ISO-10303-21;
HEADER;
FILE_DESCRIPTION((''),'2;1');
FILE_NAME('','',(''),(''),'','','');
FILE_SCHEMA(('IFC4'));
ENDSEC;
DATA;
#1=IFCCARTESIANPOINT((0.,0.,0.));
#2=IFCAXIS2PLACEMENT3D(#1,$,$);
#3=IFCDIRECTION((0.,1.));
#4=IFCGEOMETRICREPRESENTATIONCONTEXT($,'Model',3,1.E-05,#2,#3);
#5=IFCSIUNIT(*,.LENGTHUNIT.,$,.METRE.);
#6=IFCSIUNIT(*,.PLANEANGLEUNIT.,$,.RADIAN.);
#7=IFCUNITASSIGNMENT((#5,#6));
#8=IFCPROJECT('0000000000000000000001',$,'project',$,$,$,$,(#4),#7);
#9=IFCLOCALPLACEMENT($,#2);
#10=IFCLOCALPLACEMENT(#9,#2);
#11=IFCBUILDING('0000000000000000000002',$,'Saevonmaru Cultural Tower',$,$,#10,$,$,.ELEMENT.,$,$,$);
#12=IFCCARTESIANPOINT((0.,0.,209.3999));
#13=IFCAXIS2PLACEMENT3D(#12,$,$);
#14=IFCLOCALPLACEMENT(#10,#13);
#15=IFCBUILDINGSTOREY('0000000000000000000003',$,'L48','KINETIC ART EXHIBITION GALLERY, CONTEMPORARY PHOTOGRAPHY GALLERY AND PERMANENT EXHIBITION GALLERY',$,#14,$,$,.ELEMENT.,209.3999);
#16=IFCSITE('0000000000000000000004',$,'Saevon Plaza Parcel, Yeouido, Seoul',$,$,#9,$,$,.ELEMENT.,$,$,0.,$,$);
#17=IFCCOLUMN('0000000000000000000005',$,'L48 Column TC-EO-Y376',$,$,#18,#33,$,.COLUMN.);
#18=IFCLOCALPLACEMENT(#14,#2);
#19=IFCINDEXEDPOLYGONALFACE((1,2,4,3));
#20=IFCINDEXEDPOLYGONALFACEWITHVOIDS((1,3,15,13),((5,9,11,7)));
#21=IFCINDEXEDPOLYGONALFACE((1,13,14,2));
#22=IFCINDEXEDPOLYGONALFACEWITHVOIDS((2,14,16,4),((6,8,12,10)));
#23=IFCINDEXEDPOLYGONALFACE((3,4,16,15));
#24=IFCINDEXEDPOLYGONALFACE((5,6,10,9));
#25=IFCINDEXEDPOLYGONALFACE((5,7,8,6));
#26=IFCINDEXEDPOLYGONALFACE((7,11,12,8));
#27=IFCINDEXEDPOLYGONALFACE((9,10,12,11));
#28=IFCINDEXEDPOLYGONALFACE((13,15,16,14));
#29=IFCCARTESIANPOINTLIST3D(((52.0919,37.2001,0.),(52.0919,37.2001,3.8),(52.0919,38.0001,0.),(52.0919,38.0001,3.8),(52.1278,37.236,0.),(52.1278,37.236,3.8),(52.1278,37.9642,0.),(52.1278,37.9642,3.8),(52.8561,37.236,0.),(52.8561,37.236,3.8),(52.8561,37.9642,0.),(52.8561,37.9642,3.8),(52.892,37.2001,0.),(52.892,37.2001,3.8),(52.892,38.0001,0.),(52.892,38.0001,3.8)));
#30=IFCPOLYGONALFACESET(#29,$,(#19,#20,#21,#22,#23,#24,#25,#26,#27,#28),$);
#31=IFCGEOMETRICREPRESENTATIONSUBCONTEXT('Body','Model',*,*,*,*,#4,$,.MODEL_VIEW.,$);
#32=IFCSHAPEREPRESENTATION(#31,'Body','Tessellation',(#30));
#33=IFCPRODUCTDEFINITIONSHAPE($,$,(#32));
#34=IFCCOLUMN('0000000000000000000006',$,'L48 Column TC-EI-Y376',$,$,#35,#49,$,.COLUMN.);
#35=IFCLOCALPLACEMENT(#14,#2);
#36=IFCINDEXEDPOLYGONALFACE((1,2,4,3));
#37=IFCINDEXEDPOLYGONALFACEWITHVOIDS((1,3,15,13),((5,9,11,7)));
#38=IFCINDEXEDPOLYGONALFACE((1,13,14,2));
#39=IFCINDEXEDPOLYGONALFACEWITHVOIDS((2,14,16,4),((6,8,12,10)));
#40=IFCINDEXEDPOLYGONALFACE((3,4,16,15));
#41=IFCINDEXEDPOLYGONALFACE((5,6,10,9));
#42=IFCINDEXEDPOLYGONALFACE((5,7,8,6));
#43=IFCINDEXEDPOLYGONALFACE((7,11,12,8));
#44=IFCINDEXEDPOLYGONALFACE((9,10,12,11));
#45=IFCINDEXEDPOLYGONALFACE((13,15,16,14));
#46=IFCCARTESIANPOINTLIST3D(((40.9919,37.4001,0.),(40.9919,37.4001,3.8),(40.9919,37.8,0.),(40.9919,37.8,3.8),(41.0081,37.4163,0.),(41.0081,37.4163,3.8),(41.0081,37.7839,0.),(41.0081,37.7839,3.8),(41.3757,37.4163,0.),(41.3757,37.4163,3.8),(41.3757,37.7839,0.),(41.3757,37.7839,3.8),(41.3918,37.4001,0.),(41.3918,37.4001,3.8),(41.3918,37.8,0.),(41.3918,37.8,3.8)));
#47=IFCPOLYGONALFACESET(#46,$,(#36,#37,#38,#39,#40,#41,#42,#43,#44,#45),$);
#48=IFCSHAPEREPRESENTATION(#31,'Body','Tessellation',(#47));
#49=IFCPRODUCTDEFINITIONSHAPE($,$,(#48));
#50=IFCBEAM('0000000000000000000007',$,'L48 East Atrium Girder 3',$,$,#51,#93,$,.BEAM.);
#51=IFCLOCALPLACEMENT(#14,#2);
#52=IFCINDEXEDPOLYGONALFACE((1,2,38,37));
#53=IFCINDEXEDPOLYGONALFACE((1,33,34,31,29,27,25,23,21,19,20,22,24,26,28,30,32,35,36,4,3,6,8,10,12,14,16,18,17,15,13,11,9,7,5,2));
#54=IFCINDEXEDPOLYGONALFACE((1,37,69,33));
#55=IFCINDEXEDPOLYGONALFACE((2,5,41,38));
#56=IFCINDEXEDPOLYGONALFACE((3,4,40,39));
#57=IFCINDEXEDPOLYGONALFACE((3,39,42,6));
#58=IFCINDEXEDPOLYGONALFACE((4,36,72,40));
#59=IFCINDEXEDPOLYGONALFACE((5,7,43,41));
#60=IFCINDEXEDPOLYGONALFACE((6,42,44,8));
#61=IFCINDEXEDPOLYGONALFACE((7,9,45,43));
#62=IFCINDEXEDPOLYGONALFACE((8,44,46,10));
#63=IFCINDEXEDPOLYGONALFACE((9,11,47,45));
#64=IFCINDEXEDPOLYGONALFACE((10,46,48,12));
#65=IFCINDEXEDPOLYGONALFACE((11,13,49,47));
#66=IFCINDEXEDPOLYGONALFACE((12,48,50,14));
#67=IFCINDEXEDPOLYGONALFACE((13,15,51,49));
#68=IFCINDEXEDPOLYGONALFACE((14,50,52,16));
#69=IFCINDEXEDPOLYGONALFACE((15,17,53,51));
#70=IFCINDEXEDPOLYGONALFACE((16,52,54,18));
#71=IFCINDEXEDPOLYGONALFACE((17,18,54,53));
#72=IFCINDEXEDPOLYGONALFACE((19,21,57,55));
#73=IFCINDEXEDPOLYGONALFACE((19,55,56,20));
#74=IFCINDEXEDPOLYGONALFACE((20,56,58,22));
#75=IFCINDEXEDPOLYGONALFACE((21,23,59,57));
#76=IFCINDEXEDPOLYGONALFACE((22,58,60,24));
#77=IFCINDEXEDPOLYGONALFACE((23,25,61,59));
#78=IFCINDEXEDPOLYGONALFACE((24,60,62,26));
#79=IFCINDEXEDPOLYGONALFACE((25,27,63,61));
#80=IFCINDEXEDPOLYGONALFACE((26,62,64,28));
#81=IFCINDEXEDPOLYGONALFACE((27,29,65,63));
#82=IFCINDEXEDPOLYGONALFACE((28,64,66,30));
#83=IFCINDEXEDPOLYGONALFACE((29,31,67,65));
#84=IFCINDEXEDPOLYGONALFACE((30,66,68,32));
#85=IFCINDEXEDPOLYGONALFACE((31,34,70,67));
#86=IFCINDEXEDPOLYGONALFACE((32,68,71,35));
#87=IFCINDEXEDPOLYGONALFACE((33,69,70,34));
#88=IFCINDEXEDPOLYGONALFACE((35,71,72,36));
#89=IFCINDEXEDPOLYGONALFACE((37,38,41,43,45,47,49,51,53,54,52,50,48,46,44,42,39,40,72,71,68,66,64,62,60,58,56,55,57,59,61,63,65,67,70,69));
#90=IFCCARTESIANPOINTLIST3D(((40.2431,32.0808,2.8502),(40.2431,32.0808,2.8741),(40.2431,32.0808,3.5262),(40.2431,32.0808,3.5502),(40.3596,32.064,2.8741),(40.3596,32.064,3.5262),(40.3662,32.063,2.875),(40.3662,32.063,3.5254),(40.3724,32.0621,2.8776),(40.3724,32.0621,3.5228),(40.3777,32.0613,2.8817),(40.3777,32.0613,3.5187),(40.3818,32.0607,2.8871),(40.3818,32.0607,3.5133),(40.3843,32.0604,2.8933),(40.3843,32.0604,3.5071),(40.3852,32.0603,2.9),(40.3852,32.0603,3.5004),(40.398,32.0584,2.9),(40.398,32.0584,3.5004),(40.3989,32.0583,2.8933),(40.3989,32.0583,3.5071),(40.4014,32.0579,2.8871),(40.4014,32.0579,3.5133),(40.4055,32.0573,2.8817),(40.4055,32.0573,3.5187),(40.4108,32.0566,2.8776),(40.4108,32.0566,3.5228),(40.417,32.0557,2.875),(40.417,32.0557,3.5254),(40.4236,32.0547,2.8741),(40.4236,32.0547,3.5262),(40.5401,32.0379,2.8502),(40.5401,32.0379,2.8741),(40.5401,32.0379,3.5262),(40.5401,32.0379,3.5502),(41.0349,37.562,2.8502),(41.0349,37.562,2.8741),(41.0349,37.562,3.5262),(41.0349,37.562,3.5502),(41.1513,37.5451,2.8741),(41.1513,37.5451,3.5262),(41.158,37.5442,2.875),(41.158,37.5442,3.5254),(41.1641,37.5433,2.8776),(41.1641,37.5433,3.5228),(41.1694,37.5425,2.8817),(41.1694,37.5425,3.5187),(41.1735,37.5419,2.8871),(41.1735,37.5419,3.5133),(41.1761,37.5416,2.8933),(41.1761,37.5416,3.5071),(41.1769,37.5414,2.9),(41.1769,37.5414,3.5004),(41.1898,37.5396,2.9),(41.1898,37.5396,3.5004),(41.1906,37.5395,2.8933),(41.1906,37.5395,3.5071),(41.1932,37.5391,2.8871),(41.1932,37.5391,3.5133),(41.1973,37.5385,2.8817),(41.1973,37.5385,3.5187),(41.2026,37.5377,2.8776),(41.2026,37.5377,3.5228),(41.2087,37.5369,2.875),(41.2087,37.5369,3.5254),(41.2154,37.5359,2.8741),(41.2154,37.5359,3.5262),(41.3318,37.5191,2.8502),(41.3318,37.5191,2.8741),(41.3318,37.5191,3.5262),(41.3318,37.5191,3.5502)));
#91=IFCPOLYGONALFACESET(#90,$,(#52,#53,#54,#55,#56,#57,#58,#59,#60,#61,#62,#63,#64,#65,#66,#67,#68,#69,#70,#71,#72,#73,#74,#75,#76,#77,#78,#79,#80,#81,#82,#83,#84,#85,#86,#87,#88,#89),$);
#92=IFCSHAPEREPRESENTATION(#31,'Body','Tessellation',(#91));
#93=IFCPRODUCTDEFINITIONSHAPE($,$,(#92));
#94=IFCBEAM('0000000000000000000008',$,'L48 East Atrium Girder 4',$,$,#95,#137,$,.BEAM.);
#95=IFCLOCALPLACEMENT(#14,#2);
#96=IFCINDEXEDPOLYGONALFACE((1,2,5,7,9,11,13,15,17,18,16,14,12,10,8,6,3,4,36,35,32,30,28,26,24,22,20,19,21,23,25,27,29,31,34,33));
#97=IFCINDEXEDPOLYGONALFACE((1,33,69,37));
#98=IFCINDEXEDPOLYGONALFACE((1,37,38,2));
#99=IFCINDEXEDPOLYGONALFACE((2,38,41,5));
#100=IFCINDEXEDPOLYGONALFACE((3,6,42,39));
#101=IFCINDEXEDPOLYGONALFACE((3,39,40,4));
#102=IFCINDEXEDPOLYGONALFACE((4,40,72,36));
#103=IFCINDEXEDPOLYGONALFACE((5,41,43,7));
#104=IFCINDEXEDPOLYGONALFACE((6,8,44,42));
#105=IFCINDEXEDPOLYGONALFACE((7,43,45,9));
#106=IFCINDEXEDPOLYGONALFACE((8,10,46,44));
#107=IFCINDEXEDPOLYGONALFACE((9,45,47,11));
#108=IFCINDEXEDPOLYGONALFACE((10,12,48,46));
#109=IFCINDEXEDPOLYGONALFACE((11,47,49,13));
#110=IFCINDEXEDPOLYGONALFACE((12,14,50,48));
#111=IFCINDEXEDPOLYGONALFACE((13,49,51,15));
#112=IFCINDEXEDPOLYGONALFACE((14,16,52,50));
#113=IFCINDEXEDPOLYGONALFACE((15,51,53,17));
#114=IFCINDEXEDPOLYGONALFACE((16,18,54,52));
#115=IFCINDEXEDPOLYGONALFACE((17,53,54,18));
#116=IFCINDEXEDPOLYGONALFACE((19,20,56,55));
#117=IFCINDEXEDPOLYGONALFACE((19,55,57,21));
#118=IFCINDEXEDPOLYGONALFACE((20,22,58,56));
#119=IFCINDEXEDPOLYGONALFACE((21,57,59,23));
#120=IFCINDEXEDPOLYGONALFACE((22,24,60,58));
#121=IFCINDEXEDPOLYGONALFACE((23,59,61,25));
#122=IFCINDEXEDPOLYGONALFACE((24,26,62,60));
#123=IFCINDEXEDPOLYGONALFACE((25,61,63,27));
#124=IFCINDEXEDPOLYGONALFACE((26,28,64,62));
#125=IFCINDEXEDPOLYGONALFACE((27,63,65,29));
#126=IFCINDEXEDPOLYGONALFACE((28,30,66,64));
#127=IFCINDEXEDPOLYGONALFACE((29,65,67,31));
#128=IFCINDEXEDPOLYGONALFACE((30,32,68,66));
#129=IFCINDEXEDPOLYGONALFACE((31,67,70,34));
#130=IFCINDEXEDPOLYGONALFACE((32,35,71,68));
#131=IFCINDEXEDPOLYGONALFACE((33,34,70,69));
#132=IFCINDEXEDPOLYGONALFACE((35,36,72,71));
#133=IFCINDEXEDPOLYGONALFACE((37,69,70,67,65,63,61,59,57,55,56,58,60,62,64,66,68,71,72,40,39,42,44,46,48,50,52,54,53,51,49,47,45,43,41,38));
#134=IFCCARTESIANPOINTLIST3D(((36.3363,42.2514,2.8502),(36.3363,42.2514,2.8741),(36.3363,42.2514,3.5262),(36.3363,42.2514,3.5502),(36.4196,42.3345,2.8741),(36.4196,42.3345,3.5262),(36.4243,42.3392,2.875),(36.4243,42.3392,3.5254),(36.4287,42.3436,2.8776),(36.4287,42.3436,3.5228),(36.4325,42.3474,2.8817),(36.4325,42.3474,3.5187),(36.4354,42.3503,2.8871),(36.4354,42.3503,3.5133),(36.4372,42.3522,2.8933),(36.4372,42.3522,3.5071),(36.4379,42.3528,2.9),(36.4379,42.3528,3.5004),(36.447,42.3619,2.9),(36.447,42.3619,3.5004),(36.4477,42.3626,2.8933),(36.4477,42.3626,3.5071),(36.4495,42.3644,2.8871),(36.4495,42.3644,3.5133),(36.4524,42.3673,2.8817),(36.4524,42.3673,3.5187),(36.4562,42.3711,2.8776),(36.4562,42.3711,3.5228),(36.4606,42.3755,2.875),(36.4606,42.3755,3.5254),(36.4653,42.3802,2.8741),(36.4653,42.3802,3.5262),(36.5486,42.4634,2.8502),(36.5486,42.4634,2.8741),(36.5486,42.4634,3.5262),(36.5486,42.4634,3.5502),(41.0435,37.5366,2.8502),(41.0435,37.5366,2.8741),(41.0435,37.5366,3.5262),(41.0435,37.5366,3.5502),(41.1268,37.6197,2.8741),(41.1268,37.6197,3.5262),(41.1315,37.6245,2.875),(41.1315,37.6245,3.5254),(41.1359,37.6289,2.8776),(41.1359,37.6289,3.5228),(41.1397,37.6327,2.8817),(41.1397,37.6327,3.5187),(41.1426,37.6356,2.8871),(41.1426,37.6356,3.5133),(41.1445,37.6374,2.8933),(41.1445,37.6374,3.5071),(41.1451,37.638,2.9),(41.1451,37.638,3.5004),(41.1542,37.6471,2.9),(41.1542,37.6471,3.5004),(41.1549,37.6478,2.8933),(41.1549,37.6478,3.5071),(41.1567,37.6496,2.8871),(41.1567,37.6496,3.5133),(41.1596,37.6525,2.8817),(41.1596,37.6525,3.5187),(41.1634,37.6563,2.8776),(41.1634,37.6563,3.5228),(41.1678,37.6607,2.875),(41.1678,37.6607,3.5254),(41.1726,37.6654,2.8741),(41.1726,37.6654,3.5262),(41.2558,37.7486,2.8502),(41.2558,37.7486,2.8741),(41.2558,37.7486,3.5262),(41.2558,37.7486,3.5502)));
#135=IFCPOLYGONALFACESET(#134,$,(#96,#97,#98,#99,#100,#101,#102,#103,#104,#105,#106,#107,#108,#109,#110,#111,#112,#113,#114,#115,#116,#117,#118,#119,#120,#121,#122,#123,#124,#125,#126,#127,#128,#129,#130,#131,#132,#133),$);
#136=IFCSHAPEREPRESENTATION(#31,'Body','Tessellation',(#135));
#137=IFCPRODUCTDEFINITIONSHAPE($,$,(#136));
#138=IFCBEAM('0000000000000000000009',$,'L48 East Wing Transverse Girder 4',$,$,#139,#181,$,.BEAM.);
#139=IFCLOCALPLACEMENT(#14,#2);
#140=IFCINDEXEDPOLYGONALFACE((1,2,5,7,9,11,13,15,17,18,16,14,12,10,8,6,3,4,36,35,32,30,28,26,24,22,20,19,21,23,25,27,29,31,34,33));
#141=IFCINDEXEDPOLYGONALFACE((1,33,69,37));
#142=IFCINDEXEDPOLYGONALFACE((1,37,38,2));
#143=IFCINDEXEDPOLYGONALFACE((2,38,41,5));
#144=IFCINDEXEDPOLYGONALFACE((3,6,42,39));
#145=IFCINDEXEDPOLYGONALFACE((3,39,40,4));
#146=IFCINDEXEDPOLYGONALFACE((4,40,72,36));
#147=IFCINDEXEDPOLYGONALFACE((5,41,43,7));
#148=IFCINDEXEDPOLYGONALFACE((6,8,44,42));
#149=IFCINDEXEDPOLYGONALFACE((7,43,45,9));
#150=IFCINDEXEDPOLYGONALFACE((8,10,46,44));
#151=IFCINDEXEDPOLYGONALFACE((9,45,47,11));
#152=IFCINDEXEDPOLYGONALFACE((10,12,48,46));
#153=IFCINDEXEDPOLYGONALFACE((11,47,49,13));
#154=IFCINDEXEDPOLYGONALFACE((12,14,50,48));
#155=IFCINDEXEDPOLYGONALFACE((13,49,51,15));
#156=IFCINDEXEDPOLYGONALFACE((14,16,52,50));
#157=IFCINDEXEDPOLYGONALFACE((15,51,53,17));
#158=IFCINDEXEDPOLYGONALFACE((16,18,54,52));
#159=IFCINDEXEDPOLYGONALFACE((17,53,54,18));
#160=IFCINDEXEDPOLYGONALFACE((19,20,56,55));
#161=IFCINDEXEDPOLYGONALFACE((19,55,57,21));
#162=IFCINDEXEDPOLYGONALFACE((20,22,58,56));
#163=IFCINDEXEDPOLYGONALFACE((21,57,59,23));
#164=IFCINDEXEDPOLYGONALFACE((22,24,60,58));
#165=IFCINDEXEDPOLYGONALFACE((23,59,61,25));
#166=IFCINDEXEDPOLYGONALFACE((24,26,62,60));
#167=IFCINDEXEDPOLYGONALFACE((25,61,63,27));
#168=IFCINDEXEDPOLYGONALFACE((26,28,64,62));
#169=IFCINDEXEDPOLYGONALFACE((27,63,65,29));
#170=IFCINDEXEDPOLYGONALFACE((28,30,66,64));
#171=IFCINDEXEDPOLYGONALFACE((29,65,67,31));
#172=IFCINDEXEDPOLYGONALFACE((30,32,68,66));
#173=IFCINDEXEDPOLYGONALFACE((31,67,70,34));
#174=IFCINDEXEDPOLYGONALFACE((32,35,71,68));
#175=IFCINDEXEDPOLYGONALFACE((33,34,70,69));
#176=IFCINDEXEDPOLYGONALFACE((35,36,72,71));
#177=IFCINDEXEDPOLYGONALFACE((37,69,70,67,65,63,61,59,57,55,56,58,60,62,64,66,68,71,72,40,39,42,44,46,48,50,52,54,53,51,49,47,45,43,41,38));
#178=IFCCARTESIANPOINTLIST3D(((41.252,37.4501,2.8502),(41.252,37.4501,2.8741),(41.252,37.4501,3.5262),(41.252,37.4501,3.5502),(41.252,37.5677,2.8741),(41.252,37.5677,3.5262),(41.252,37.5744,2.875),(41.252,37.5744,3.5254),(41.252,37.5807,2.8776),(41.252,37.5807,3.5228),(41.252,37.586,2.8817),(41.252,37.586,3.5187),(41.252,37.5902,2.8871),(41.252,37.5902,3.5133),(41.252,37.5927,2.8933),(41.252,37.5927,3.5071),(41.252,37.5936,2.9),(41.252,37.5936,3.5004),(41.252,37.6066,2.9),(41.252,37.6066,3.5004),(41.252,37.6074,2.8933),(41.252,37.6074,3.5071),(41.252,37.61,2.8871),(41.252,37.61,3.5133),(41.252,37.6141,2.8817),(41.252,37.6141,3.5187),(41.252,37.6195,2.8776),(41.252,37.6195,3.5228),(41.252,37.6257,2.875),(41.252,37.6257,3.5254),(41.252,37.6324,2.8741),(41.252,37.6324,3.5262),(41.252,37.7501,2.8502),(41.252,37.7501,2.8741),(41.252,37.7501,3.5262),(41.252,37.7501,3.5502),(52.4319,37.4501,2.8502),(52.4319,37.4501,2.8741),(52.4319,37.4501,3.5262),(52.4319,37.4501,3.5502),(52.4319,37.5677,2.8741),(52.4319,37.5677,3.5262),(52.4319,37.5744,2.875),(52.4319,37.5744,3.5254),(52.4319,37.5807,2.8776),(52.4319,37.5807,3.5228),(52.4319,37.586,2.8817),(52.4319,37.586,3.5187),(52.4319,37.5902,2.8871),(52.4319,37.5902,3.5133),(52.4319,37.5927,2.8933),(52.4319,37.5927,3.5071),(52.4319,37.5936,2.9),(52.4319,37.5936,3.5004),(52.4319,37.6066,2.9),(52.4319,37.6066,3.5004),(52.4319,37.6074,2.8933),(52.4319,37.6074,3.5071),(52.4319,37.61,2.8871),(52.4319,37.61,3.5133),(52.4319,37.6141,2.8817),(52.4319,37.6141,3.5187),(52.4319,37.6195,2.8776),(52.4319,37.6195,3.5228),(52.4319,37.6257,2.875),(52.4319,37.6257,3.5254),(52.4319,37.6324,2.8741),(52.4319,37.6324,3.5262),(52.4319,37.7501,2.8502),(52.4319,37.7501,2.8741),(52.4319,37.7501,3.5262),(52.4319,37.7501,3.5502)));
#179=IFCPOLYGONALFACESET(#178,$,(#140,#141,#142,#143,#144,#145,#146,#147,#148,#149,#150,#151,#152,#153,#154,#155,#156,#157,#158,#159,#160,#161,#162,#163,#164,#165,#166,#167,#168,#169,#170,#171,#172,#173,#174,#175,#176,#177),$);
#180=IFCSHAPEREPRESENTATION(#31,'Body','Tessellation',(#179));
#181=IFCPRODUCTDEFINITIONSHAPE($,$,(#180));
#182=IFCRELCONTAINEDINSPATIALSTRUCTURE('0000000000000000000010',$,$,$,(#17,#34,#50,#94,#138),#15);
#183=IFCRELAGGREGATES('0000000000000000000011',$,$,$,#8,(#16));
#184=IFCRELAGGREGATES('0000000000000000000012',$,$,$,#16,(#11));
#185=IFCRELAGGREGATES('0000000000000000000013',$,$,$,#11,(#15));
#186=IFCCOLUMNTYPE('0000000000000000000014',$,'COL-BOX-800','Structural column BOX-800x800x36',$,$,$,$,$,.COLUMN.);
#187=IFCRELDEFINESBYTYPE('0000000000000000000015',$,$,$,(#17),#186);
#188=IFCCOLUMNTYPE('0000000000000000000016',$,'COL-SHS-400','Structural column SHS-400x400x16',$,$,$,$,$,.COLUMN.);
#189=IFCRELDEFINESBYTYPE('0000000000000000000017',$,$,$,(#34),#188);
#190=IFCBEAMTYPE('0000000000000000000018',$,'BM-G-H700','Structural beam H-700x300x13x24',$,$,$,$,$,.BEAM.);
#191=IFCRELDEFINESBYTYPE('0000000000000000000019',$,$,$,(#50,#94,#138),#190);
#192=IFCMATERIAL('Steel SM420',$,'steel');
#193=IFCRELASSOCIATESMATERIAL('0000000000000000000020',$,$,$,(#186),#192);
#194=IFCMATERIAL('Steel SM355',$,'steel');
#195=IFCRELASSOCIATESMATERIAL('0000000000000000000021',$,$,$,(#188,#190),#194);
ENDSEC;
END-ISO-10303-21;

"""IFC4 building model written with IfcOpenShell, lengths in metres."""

from ifc_helpers import new_model, si_unit, direction, frame, origin, origin_2d, place, context, subcontext, project, spatial, hollow_rectangle, i_section, extrude, material, material_profile, profile_set, type_object, element, save


model = new_model("IFC4")

# Units and contexts
model_context = context("Model", 3, precision=1e-05, world=origin(), true_north=direction((0.0, 1.0)))
body_context = subcontext(model_context, "Body", "Model", "MODEL_VIEW")
ifc_project = project(units=[si_unit("LENGTHUNIT", "METRE"), si_unit("PLANEANGLEUNIT", "RADIAN")], contexts=[model_context])

# Site, building, storey
site_placement = place(None, origin())
site = spatial("IfcSite", under=ifc_project, at=site_placement, Name="Saevon Plaza Parcel, Yeouido, Seoul", CompositionType="ELEMENT", RefElevation=0.0)
building_placement = place(site_placement, origin())
building = spatial("IfcBuilding", under=site, at=building_placement, Name="Saevonmaru Cultural Tower", CompositionType="ELEMENT")
storey_placement = place(building_placement, frame((0.0, 0.0, 209.3999)))
storey = spatial("IfcBuildingStorey", under=building, at=storey_placement, Name="L48", Description="KINETIC ART EXHIBITION GALLERY, CONTEMPORARY PHOTOGRAPHY GALLERY AND PERMANENT EXHIBITION GALLERY", CompositionType="ELEMENT", Elevation=209.3999)

# Columns
ifc_material_1 = material(Name="Steel SM420", Category="steel")
ifc_material_profile_1 = material_profile(ifc_material_1, hollow_rectangle(XDim=0.8, YDim=0.8, WallThickness=0.0359, at=origin_2d()), Name="BOX-800x800x36")
ifc_profile_set_1 = profile_set([ifc_material_profile_1], Name="Steel SM420")
column_type_1 = type_object("IfcColumnType", Name="COL-BOX-800", Description="Structural column BOX-800x800x36", PredefinedType="COLUMN", material=ifc_profile_set_1)
column_1_placement = place(storey_placement, frame((52.4919, 37.6001, 0.0), z_axis=(0.0, 0.0, 1.0), x_axis=(1.0, 0.0, 0.0)))
element("IfcColumn", 1, at=column_1_placement, inside=storey, type_object=column_type_1, Name="L48 Column TC-EO-Y376", PredefinedType="COLUMN", context=body_context, shape_type="SweptSolid", body=[
    extrude(hollow_rectangle(XDim=0.8, YDim=0.8, WallThickness=0.0359, at=origin_2d()), origin(), (0.0, 0.0, 1.0), 3.8),
])
ifc_material_2 = material(Name="Steel SM355", Category="steel")
ifc_material_profile_2 = material_profile(ifc_material_2, hollow_rectangle(XDim=0.3999, YDim=0.3999, WallThickness=0.0161, at=origin_2d()), Name="SHS-400x400x16")
ifc_profile_set_2 = profile_set([ifc_material_profile_2], Name="Steel SM355")
column_type_2 = type_object("IfcColumnType", Name="COL-SHS-400", Description="Structural column SHS-400x400x16", PredefinedType="COLUMN", material=ifc_profile_set_2)
column_2_placement = place(storey_placement, frame((41.1919, 37.6001, 0.0), z_axis=(0.0, 0.0, 1.0), x_axis=(1.0, 0.0, 0.0)))
element("IfcColumn", 2, at=column_2_placement, inside=storey, type_object=column_type_2, Name="L48 Column TC-EI-Y376", PredefinedType="COLUMN", context=body_context, shape_type="SweptSolid", body=[
    extrude(hollow_rectangle(XDim=0.3999, YDim=0.3999, WallThickness=0.0161, at=origin_2d()), origin(), (0.0, 0.0, 1.0), 3.8),
])

# Beams
ifc_material_profile_3 = material_profile(ifc_material_2, i_section(OverallWidth=0.3, OverallDepth=0.7, WebThickness=0.0129, FlangeThickness=0.0239, FilletRadius=0.0259, at=origin_2d()), Name="H-700x300x13x24")
ifc_profile_set_3 = profile_set([ifc_material_profile_3], Name="Steel SM355")
beam_type_1 = type_object("IfcBeamType", Name="BM-G-H700", Description="Structural beam H-700x300x13x24", PredefinedType="BEAM", material=ifc_profile_set_3)
beam_1_placement = place(storey_placement, frame((40.3916, 32.0593, 3.2002), z_axis=(0.142964, 0.989728, 0.0), x_axis=(-0.989728, 0.142964, 0.0)))
element("IfcBeam", 3, at=beam_1_placement, inside=storey, type_object=beam_type_1, Name="L48 East Atrium Girder 3", PredefinedType="BEAM", context=body_context, shape_type="SweptSolid", body=[
    extrude(i_section(OverallWidth=0.3, OverallDepth=0.7, WebThickness=0.0129, FlangeThickness=0.0239, FilletRadius=0.0259, at=origin_2d()), origin(), (0.0, 0.0, 1.0), 5.5381),
])
beam_2_placement = place(storey_placement, frame((41.1497, 37.6426, 3.2002), z_axis=(-0.706539, 0.707675, 0.0), x_axis=(-0.707675, -0.706539, 0.0)))
element("IfcBeam", 4, at=beam_2_placement, inside=storey, type_object=beam_type_1, Name="L48 East Atrium Girder 4", PredefinedType="BEAM", context=body_context, shape_type="SweptSolid", body=[
    extrude(i_section(OverallWidth=0.3, OverallDepth=0.7, WebThickness=0.0129, FlangeThickness=0.0239, FilletRadius=0.0259, at=origin_2d()), origin(), (0.0, 0.0, 1.0), 6.6624),
])
beam_3_placement = place(storey_placement, frame((41.252, 37.6001, 3.2002), z_axis=(1.0, 0.0, 0.0), x_axis=(0.0, 1.0, 0.0)))
element("IfcBeam", 5, at=beam_3_placement, inside=storey, type_object=beam_type_1, Name="L48 East Wing Transverse Girder 4", PredefinedType="BEAM", context=body_context, shape_type="SweptSolid", body=[
    extrude(i_section(OverallWidth=0.3, OverallDepth=0.7, WebThickness=0.0129, FlangeThickness=0.0239, FilletRadius=0.0259, at=origin_2d()), origin(), (0.0, 0.0, 1.0), 11.1799),
])

save(model, "model.ifc")
